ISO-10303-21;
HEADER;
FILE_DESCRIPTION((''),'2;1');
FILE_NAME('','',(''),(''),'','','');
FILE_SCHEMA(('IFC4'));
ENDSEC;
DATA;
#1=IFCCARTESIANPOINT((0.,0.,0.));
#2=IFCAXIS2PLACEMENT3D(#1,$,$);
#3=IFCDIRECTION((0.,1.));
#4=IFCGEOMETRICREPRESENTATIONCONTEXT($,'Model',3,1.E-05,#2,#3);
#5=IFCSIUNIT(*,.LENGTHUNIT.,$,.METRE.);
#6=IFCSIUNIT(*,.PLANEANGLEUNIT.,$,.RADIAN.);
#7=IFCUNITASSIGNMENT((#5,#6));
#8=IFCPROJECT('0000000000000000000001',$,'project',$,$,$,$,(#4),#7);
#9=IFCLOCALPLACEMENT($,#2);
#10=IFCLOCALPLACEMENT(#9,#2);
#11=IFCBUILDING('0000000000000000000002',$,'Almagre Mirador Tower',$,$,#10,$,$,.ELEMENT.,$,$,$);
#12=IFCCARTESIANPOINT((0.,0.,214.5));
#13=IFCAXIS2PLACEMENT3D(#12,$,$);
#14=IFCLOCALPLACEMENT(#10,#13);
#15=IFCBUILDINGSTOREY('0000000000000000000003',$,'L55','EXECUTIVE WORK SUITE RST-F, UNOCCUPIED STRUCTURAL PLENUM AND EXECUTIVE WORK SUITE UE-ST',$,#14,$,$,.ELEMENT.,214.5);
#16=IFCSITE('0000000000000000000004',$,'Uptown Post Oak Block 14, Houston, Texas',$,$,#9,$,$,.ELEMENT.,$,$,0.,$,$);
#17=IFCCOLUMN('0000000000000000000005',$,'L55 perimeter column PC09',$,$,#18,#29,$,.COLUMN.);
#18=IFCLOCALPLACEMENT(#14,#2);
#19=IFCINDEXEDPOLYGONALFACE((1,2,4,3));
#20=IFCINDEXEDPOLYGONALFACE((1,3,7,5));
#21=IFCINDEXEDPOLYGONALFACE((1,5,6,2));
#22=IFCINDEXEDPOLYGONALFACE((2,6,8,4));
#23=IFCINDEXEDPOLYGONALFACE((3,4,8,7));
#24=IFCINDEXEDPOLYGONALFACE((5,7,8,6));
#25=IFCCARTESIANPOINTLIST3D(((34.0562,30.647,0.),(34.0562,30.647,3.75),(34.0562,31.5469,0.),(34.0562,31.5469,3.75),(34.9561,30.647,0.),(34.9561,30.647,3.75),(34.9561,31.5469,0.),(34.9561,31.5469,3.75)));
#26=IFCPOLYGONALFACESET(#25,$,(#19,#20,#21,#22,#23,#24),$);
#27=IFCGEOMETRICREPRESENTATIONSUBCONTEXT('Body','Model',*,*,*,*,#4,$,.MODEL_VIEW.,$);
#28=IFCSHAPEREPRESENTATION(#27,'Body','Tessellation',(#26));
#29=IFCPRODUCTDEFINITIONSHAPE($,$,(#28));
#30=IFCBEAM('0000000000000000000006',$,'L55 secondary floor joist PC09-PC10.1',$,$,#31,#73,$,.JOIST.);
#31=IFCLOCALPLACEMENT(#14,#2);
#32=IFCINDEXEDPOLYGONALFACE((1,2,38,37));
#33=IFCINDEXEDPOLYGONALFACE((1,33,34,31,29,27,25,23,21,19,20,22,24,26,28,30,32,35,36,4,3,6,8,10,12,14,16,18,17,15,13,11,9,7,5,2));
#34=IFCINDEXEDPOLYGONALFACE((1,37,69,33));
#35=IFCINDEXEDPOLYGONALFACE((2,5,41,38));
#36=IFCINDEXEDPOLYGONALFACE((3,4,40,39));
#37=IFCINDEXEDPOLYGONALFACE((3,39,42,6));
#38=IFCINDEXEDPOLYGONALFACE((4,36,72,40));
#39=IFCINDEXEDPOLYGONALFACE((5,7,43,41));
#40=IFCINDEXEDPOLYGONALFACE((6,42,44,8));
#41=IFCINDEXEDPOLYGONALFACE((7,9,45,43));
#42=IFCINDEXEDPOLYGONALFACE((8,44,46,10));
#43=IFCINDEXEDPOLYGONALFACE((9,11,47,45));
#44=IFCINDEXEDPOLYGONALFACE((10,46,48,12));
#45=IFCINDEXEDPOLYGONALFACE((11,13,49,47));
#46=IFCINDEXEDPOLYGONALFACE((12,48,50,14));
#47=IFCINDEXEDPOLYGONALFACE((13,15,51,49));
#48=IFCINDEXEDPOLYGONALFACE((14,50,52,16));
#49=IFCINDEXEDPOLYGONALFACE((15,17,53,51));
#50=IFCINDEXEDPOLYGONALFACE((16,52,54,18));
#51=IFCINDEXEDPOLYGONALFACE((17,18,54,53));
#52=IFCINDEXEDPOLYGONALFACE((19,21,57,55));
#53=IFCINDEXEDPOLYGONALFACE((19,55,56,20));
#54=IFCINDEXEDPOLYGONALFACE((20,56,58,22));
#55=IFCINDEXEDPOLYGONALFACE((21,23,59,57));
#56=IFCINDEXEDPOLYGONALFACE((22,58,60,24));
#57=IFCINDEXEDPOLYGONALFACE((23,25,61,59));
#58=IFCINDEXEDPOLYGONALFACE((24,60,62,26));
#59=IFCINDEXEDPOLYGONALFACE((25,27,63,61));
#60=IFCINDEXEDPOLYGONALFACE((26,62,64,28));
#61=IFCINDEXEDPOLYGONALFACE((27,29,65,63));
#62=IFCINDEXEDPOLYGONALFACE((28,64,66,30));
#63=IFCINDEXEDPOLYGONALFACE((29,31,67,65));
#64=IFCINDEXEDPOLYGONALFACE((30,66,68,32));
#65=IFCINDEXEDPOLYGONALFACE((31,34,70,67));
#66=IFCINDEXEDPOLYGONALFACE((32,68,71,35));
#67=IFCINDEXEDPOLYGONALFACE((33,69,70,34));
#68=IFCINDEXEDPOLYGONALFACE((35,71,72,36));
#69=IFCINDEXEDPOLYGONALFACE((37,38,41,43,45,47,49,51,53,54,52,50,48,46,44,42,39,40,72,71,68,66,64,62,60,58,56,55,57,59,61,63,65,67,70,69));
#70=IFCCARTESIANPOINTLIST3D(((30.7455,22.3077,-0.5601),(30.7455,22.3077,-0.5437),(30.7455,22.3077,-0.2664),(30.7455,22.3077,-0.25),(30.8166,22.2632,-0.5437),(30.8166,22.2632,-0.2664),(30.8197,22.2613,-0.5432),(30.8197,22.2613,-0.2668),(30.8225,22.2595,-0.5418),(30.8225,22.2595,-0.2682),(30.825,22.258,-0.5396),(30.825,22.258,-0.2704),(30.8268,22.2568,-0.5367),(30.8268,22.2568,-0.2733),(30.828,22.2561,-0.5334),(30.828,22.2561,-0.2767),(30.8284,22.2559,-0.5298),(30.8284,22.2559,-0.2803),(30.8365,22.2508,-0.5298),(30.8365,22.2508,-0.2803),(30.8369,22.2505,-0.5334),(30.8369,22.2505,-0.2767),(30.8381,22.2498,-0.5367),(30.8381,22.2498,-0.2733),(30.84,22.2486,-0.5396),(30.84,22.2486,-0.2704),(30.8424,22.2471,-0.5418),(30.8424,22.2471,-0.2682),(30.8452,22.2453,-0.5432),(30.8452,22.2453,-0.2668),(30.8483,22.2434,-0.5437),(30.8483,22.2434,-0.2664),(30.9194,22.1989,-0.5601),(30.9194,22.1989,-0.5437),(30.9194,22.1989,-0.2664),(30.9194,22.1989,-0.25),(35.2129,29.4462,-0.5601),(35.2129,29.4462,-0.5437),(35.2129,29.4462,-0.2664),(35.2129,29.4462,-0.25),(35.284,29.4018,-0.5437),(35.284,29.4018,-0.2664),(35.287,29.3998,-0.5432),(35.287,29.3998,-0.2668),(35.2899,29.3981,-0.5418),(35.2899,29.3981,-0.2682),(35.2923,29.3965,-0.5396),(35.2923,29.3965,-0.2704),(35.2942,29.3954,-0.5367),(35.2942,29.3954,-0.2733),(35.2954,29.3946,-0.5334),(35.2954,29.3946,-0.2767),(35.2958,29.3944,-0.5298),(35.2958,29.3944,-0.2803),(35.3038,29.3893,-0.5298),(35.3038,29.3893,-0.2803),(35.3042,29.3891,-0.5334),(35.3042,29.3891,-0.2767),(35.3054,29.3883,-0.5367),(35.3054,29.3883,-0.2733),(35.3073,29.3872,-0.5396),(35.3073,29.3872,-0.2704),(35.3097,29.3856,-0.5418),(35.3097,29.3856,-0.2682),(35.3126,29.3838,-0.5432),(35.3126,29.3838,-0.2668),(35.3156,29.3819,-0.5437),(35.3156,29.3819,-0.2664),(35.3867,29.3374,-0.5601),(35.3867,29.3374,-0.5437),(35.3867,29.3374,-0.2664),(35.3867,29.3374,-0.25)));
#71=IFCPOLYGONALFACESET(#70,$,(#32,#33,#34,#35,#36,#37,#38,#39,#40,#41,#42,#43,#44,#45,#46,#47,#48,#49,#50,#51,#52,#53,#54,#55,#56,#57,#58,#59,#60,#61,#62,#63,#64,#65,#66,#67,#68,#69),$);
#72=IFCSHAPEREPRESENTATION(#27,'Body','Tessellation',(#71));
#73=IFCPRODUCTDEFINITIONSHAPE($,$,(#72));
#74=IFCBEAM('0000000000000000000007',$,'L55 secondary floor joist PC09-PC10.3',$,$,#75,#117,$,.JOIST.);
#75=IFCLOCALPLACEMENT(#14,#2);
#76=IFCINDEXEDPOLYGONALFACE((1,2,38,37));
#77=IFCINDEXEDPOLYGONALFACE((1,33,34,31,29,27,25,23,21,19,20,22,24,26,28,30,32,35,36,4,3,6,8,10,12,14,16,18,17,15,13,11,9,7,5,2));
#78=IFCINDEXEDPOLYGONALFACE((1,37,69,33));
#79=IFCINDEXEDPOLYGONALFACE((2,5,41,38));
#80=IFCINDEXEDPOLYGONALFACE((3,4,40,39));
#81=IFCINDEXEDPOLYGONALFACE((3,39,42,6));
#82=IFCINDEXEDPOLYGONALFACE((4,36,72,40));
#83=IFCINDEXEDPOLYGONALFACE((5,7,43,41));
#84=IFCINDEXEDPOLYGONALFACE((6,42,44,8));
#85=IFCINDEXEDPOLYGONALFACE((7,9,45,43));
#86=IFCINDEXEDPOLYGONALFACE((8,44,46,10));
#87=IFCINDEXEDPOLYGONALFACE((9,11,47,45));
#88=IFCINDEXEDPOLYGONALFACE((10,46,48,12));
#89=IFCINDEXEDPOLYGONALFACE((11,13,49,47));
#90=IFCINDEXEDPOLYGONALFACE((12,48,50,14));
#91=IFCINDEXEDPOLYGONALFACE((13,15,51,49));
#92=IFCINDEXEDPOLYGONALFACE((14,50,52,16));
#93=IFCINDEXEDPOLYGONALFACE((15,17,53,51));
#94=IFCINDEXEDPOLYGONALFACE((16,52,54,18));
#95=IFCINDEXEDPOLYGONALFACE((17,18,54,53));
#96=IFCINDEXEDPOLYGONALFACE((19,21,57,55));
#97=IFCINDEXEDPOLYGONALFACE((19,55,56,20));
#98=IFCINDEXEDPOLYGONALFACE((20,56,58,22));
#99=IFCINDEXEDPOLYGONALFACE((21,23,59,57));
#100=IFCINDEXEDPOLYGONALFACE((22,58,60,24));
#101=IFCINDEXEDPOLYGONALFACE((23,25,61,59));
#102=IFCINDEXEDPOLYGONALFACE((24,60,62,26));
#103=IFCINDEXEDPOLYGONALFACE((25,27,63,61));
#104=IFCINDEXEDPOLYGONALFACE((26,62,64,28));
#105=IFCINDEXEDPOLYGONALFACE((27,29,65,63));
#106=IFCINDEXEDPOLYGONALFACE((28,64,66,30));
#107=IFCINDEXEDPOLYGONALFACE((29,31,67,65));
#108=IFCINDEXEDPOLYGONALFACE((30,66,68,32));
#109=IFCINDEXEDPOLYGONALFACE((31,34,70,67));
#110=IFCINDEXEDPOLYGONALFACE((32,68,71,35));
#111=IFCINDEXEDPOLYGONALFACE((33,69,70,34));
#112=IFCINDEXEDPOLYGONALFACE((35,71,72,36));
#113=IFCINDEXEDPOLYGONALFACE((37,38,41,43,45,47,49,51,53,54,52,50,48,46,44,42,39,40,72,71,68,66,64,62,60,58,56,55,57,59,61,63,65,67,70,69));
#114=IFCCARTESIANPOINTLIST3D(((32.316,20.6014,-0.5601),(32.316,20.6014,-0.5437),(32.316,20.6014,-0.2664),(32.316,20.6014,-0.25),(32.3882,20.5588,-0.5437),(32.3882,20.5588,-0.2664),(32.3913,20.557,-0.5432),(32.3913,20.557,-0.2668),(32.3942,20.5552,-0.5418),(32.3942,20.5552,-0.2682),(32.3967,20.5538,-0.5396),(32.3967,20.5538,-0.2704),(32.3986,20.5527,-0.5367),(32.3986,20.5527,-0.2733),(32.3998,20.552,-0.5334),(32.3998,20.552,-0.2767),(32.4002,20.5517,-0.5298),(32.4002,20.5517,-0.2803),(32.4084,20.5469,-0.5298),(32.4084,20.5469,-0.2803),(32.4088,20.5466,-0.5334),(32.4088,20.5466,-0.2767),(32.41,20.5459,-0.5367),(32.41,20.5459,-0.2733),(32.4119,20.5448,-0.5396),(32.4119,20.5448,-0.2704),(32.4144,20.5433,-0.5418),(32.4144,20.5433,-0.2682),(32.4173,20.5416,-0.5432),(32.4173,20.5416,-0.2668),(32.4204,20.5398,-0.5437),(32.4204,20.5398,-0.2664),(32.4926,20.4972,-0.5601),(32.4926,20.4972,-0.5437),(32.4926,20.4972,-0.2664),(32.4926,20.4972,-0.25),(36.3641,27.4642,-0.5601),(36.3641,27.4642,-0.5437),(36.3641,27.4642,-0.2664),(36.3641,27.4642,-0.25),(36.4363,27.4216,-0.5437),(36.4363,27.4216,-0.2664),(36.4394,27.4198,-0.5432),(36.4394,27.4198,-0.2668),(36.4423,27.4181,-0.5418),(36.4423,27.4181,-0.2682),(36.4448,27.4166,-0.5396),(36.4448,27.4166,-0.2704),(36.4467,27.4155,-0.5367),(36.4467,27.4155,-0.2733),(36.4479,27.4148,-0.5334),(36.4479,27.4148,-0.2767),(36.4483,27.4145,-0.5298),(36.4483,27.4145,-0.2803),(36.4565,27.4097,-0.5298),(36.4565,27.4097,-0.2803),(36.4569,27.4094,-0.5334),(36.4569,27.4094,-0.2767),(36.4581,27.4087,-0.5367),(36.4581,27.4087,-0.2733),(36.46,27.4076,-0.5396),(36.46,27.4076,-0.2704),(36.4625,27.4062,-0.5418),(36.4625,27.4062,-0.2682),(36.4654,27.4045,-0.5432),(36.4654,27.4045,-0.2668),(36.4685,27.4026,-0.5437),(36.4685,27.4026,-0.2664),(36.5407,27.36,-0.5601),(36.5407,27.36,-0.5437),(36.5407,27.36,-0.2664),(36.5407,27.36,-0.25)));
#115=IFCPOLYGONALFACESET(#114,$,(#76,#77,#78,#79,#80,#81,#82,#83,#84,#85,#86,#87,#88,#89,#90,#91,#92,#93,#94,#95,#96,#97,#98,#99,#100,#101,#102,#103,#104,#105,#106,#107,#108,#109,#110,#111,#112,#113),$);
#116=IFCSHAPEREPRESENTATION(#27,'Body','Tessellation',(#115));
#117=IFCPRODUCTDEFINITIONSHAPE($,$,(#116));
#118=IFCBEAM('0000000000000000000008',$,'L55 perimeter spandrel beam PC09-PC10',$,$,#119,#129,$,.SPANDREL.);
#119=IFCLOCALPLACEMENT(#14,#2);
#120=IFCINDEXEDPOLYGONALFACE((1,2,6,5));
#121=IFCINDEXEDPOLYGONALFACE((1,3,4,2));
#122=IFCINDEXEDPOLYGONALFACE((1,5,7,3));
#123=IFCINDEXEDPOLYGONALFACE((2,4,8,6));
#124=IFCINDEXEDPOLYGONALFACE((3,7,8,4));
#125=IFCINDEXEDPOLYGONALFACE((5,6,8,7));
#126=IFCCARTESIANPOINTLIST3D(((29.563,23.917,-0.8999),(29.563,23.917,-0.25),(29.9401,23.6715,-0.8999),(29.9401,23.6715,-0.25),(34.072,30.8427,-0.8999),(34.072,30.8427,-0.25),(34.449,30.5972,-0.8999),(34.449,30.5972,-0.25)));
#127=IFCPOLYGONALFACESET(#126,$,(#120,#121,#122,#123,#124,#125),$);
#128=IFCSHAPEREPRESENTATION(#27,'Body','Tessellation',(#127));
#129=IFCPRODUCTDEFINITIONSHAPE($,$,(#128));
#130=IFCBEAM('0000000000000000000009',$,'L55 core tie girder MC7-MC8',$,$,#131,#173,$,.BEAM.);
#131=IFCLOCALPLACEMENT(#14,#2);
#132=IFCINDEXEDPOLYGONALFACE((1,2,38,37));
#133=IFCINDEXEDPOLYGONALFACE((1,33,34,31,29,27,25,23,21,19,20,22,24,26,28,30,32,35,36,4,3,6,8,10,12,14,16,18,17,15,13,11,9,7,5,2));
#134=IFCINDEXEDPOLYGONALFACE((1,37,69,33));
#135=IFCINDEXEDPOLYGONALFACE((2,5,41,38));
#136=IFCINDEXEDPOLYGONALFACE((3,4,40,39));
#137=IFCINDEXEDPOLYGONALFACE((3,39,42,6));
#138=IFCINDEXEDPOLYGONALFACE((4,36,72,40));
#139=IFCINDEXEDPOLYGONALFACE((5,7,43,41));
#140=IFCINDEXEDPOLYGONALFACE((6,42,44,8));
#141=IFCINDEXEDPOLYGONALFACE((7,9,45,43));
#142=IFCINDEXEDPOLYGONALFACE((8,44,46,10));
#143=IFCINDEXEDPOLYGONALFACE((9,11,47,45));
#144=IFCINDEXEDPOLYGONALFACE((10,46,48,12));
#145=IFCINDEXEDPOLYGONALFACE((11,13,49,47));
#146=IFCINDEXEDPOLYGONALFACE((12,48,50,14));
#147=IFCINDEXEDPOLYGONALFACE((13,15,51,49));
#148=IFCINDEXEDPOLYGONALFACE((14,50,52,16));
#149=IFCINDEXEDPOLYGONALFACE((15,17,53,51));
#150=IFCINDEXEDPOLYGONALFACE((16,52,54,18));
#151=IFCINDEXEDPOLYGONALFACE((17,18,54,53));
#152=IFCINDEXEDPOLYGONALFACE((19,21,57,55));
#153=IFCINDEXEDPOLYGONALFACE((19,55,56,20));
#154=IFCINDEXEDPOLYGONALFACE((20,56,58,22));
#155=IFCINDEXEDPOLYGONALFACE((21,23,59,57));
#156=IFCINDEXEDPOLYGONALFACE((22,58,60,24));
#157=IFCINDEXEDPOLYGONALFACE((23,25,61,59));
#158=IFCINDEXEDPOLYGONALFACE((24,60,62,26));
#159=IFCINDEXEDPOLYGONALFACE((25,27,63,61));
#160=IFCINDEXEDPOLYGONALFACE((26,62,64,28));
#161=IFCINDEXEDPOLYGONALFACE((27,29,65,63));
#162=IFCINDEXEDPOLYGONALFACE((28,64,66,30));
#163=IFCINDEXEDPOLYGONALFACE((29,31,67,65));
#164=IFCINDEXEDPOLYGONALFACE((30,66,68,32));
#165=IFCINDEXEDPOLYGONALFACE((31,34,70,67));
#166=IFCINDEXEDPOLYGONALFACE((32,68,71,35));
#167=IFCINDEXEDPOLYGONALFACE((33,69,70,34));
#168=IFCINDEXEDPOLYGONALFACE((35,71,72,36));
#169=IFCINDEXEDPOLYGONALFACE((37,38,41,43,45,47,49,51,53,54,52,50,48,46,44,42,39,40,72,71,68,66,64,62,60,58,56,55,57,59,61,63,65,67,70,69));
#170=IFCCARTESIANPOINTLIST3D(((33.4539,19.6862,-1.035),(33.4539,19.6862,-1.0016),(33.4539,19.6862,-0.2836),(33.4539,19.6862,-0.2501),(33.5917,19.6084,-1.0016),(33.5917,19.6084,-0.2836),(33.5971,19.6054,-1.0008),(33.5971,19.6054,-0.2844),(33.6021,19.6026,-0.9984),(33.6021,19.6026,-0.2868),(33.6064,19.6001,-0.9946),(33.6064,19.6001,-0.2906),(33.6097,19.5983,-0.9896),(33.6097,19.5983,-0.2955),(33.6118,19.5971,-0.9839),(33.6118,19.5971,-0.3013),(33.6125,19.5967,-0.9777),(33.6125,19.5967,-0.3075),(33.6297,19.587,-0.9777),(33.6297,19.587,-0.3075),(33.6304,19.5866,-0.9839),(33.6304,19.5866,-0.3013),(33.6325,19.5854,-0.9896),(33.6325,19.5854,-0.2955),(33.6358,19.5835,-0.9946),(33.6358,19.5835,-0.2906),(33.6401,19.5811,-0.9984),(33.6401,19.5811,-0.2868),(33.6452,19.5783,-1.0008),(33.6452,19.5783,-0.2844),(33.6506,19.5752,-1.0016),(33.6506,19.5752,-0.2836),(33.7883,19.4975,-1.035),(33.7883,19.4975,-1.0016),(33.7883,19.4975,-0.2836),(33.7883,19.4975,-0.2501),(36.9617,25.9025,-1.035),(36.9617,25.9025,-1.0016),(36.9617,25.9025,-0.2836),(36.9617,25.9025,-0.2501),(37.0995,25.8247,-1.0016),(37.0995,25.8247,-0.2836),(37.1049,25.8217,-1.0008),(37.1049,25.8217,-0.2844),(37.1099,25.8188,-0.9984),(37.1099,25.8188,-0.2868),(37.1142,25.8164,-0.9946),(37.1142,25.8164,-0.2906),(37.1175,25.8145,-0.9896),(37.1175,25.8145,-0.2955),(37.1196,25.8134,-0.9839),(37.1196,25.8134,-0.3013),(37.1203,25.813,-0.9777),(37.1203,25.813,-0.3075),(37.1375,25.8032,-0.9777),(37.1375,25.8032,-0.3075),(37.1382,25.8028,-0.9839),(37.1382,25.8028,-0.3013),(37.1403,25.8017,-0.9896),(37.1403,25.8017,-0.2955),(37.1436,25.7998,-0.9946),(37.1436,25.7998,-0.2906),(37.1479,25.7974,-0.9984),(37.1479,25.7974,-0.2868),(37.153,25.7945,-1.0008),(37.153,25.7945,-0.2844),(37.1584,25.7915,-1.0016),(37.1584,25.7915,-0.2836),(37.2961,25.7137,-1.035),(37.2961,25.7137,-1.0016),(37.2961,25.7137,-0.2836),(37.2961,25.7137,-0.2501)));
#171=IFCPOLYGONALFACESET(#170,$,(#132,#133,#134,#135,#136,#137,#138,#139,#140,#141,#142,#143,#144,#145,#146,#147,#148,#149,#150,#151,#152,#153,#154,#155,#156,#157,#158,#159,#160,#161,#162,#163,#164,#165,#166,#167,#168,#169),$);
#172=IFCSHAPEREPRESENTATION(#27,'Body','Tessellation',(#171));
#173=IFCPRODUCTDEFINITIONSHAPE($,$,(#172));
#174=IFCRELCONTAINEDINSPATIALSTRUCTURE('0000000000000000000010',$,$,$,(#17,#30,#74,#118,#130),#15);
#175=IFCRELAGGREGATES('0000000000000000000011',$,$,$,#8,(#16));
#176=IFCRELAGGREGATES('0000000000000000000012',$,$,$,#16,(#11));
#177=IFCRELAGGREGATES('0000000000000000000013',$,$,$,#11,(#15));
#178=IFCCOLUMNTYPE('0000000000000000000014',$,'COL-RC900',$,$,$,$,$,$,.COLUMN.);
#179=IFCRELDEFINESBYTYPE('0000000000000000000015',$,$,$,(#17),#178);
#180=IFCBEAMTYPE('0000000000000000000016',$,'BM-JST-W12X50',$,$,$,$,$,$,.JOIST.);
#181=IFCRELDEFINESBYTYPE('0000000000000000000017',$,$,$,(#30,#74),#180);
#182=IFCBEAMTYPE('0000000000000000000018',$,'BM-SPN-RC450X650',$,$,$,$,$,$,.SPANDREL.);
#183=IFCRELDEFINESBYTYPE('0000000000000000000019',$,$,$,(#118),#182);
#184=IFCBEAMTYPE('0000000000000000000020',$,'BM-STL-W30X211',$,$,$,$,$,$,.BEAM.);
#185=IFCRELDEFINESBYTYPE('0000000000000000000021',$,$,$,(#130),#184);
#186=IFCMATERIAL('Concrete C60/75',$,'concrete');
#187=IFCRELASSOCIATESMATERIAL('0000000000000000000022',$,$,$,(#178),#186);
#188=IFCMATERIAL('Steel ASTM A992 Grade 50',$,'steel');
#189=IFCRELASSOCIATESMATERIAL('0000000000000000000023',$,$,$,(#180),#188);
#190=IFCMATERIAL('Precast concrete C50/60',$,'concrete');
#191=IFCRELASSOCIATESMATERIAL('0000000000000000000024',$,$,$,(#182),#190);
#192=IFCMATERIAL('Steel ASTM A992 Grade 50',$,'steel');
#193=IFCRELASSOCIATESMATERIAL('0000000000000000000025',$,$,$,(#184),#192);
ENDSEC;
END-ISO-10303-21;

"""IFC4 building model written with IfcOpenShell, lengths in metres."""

from ifc_helpers import new_model, si_unit, direction, frame, origin, origin_2d, place, context, subcontext, project, spatial, rectangle, i_section, extrude, material, material_profile, profile_set, type_object, element, save


model = new_model("IFC4")

# Units and contexts
model_context = context("Model", 3, precision=1e-05, world=origin(), true_north=direction((0.0, 1.0)))
body_context = subcontext(model_context, "Body", "Model", "MODEL_VIEW")
ifc_project = project(units=[si_unit("LENGTHUNIT", "METRE"), si_unit("PLANEANGLEUNIT", "RADIAN")], contexts=[model_context])

# Site, building, storey
site_placement = place(None, origin())
site = spatial("IfcSite", under=ifc_project, at=site_placement, Name="Uptown Post Oak Block 14, Houston, Texas", CompositionType="ELEMENT", RefElevation=0.0)
building_placement = place(site_placement, origin())
building = spatial("IfcBuilding", under=site, at=building_placement, Name="Almagre Mirador Tower", CompositionType="ELEMENT")
storey_placement = place(building_placement, frame((0.0, 0.0, 214.5)))
storey = spatial("IfcBuildingStorey", under=building, at=storey_placement, Name="L55", Description="EXECUTIVE WORK SUITE RST-F, UNOCCUPIED STRUCTURAL PLENUM AND EXECUTIVE WORK SUITE UE-ST", CompositionType="ELEMENT", Elevation=214.5)

# Column
ifc_material_1 = material(Name="Concrete C60/75", Category="concrete")
ifc_material_profile_1 = material_profile(ifc_material_1, rectangle(XDim=0.8999, YDim=0.8999, at=origin_2d()), Name="RC900X900")
ifc_profile_set_1 = profile_set([ifc_material_profile_1], Name="Concrete C60/75")
column_type = type_object("IfcColumnType", Name="COL-RC900", PredefinedType="COLUMN", material=ifc_profile_set_1)
column_placement = place(storey_placement, frame((34.5061, 31.0969, 0.0), z_axis=(0.0, 0.0, 1.0), x_axis=(1.0, 0.0, 0.0)))
element("IfcColumn", 1, at=column_placement, inside=storey, type_object=column_type, Name="L55 perimeter column PC09", PredefinedType="COLUMN", context=body_context, shape_type="SweptSolid", body=[
    extrude(rectangle(XDim=0.8999, YDim=0.8999, at=origin_2d()), origin(), (0.0, 0.0, 1.0), 3.75),
])

# Beams
ifc_material_2 = material(Name="Steel ASTM A992 Grade 50", Category="steel")
ifc_material_profile_2 = material_profile(ifc_material_2, i_section(OverallWidth=0.2051, OverallDepth=0.3101, WebThickness=0.0095, FlangeThickness=0.0164, FilletRadius=0.0139, at=origin_2d()), Name="W12X50")
ifc_profile_set_2 = profile_set([ifc_material_profile_2], Name="Steel ASTM A992 Grade 50")
beam_type_1 = type_object("IfcBeamType", Name="BM-JST-W12X50", PredefinedType="JOIST", material=ifc_profile_set_2)
beam_1_placement = place(storey_placement, frame((35.2998, 29.3918, -0.405), z_axis=(-0.530491, -0.84769, 0.0), x_axis=(0.84769, -0.530491, 0.0)))
element("IfcBeam", 2, at=beam_1_placement, inside=storey, type_object=beam_type_1, Name="L55 secondary floor joist PC09-PC10.1", PredefinedType="JOIST", context=body_context, shape_type="SweptSolid", body=[
    extrude(i_section(OverallWidth=0.2051, OverallDepth=0.3101, WebThickness=0.0095, FlangeThickness=0.0164, FilletRadius=0.0139, at=origin_2d()), origin(), (0.0, 0.0, 1.0), 8.4211),
])
beam_2_placement = place(storey_placement, frame((36.4524, 27.4121, -0.405), z_axis=(-0.50806, -0.861322, 0.0), x_axis=(0.861322, -0.50806, 0.0)))
element("IfcBeam", 3, at=beam_2_placement, inside=storey, type_object=beam_type_1, Name="L55 secondary floor joist PC09-PC10.3", PredefinedType="JOIST", context=body_context, shape_type="SweptSolid", body=[
    extrude(i_section(OverallWidth=0.2051, OverallDepth=0.3101, WebThickness=0.0095, FlangeThickness=0.0164, FilletRadius=0.0139, at=origin_2d()), origin(), (0.0, 0.0, 1.0), 7.9678),
])
ifc_material_3 = material(Name="Precast concrete C50/60", Category="concrete")
ifc_material_profile_3 = material_profile(ifc_material_3, rectangle(XDim=0.45, YDim=0.6499, at=origin_2d()), Name="RC450X650")
ifc_profile_set_3 = profile_set([ifc_material_profile_3], Name="Precast concrete C50/60")
beam_type_2 = type_object("IfcBeamType", Name="BM-SPN-RC450X650", PredefinedType="SPANDREL", material=ifc_profile_set_3)
beam_3_placement = place(storey_placement, frame((34.2605, 30.72, -0.575), z_axis=(-0.545607, -0.838041, 0.0), x_axis=(0.838041, -0.545607, 0.0)))
element("IfcBeam", 4, at=beam_3_placement, inside=storey, type_object=beam_type_2, Name="L55 perimeter spandrel beam PC09-PC10", PredefinedType="SPANDREL", context=body_context, shape_type="SweptSolid", body=[
    extrude(rectangle(XDim=0.45, YDim=0.6499, at=origin_2d()), origin(), (0.0, 0.0, 1.0), 8.2642),
])
ifc_material_4 = material(Name="Steel ASTM A992 Grade 50", Category="steel")
ifc_material_profile_4 = material_profile(ifc_material_4, i_section(OverallWidth=0.384, OverallDepth=0.7849, WebThickness=0.0198, FlangeThickness=0.0334, FilletRadius=0.0239, at=origin_2d()), Name="W30X211")
ifc_profile_set_4 = profile_set([ifc_material_profile_4], Name="Steel ASTM A992 Grade 50")
beam_type_3 = type_object("IfcBeamType", Name="BM-STL-W30X211", PredefinedType="BEAM", material=ifc_profile_set_4)
beam_4_placement = place(storey_placement, frame((37.1289, 25.8081, -0.6426), z_axis=(-0.491446, -0.870908, 0.0), x_axis=(0.870908, -0.491446, 0.0)))
element("IfcBeam", 5, at=beam_4_placement, inside=storey, type_object=beam_type_3, Name="L55 core tie girder MC7-MC8", PredefinedType="BEAM", context=body_context, shape_type="SweptSolid", body=[
    extrude(i_section(OverallWidth=0.384, OverallDepth=0.7849, WebThickness=0.0198, FlangeThickness=0.0334, FilletRadius=0.0239, at=origin_2d()), origin(), (0.0, 0.0, 1.0), 7.1377),
])

save(model, "model.ifc")
